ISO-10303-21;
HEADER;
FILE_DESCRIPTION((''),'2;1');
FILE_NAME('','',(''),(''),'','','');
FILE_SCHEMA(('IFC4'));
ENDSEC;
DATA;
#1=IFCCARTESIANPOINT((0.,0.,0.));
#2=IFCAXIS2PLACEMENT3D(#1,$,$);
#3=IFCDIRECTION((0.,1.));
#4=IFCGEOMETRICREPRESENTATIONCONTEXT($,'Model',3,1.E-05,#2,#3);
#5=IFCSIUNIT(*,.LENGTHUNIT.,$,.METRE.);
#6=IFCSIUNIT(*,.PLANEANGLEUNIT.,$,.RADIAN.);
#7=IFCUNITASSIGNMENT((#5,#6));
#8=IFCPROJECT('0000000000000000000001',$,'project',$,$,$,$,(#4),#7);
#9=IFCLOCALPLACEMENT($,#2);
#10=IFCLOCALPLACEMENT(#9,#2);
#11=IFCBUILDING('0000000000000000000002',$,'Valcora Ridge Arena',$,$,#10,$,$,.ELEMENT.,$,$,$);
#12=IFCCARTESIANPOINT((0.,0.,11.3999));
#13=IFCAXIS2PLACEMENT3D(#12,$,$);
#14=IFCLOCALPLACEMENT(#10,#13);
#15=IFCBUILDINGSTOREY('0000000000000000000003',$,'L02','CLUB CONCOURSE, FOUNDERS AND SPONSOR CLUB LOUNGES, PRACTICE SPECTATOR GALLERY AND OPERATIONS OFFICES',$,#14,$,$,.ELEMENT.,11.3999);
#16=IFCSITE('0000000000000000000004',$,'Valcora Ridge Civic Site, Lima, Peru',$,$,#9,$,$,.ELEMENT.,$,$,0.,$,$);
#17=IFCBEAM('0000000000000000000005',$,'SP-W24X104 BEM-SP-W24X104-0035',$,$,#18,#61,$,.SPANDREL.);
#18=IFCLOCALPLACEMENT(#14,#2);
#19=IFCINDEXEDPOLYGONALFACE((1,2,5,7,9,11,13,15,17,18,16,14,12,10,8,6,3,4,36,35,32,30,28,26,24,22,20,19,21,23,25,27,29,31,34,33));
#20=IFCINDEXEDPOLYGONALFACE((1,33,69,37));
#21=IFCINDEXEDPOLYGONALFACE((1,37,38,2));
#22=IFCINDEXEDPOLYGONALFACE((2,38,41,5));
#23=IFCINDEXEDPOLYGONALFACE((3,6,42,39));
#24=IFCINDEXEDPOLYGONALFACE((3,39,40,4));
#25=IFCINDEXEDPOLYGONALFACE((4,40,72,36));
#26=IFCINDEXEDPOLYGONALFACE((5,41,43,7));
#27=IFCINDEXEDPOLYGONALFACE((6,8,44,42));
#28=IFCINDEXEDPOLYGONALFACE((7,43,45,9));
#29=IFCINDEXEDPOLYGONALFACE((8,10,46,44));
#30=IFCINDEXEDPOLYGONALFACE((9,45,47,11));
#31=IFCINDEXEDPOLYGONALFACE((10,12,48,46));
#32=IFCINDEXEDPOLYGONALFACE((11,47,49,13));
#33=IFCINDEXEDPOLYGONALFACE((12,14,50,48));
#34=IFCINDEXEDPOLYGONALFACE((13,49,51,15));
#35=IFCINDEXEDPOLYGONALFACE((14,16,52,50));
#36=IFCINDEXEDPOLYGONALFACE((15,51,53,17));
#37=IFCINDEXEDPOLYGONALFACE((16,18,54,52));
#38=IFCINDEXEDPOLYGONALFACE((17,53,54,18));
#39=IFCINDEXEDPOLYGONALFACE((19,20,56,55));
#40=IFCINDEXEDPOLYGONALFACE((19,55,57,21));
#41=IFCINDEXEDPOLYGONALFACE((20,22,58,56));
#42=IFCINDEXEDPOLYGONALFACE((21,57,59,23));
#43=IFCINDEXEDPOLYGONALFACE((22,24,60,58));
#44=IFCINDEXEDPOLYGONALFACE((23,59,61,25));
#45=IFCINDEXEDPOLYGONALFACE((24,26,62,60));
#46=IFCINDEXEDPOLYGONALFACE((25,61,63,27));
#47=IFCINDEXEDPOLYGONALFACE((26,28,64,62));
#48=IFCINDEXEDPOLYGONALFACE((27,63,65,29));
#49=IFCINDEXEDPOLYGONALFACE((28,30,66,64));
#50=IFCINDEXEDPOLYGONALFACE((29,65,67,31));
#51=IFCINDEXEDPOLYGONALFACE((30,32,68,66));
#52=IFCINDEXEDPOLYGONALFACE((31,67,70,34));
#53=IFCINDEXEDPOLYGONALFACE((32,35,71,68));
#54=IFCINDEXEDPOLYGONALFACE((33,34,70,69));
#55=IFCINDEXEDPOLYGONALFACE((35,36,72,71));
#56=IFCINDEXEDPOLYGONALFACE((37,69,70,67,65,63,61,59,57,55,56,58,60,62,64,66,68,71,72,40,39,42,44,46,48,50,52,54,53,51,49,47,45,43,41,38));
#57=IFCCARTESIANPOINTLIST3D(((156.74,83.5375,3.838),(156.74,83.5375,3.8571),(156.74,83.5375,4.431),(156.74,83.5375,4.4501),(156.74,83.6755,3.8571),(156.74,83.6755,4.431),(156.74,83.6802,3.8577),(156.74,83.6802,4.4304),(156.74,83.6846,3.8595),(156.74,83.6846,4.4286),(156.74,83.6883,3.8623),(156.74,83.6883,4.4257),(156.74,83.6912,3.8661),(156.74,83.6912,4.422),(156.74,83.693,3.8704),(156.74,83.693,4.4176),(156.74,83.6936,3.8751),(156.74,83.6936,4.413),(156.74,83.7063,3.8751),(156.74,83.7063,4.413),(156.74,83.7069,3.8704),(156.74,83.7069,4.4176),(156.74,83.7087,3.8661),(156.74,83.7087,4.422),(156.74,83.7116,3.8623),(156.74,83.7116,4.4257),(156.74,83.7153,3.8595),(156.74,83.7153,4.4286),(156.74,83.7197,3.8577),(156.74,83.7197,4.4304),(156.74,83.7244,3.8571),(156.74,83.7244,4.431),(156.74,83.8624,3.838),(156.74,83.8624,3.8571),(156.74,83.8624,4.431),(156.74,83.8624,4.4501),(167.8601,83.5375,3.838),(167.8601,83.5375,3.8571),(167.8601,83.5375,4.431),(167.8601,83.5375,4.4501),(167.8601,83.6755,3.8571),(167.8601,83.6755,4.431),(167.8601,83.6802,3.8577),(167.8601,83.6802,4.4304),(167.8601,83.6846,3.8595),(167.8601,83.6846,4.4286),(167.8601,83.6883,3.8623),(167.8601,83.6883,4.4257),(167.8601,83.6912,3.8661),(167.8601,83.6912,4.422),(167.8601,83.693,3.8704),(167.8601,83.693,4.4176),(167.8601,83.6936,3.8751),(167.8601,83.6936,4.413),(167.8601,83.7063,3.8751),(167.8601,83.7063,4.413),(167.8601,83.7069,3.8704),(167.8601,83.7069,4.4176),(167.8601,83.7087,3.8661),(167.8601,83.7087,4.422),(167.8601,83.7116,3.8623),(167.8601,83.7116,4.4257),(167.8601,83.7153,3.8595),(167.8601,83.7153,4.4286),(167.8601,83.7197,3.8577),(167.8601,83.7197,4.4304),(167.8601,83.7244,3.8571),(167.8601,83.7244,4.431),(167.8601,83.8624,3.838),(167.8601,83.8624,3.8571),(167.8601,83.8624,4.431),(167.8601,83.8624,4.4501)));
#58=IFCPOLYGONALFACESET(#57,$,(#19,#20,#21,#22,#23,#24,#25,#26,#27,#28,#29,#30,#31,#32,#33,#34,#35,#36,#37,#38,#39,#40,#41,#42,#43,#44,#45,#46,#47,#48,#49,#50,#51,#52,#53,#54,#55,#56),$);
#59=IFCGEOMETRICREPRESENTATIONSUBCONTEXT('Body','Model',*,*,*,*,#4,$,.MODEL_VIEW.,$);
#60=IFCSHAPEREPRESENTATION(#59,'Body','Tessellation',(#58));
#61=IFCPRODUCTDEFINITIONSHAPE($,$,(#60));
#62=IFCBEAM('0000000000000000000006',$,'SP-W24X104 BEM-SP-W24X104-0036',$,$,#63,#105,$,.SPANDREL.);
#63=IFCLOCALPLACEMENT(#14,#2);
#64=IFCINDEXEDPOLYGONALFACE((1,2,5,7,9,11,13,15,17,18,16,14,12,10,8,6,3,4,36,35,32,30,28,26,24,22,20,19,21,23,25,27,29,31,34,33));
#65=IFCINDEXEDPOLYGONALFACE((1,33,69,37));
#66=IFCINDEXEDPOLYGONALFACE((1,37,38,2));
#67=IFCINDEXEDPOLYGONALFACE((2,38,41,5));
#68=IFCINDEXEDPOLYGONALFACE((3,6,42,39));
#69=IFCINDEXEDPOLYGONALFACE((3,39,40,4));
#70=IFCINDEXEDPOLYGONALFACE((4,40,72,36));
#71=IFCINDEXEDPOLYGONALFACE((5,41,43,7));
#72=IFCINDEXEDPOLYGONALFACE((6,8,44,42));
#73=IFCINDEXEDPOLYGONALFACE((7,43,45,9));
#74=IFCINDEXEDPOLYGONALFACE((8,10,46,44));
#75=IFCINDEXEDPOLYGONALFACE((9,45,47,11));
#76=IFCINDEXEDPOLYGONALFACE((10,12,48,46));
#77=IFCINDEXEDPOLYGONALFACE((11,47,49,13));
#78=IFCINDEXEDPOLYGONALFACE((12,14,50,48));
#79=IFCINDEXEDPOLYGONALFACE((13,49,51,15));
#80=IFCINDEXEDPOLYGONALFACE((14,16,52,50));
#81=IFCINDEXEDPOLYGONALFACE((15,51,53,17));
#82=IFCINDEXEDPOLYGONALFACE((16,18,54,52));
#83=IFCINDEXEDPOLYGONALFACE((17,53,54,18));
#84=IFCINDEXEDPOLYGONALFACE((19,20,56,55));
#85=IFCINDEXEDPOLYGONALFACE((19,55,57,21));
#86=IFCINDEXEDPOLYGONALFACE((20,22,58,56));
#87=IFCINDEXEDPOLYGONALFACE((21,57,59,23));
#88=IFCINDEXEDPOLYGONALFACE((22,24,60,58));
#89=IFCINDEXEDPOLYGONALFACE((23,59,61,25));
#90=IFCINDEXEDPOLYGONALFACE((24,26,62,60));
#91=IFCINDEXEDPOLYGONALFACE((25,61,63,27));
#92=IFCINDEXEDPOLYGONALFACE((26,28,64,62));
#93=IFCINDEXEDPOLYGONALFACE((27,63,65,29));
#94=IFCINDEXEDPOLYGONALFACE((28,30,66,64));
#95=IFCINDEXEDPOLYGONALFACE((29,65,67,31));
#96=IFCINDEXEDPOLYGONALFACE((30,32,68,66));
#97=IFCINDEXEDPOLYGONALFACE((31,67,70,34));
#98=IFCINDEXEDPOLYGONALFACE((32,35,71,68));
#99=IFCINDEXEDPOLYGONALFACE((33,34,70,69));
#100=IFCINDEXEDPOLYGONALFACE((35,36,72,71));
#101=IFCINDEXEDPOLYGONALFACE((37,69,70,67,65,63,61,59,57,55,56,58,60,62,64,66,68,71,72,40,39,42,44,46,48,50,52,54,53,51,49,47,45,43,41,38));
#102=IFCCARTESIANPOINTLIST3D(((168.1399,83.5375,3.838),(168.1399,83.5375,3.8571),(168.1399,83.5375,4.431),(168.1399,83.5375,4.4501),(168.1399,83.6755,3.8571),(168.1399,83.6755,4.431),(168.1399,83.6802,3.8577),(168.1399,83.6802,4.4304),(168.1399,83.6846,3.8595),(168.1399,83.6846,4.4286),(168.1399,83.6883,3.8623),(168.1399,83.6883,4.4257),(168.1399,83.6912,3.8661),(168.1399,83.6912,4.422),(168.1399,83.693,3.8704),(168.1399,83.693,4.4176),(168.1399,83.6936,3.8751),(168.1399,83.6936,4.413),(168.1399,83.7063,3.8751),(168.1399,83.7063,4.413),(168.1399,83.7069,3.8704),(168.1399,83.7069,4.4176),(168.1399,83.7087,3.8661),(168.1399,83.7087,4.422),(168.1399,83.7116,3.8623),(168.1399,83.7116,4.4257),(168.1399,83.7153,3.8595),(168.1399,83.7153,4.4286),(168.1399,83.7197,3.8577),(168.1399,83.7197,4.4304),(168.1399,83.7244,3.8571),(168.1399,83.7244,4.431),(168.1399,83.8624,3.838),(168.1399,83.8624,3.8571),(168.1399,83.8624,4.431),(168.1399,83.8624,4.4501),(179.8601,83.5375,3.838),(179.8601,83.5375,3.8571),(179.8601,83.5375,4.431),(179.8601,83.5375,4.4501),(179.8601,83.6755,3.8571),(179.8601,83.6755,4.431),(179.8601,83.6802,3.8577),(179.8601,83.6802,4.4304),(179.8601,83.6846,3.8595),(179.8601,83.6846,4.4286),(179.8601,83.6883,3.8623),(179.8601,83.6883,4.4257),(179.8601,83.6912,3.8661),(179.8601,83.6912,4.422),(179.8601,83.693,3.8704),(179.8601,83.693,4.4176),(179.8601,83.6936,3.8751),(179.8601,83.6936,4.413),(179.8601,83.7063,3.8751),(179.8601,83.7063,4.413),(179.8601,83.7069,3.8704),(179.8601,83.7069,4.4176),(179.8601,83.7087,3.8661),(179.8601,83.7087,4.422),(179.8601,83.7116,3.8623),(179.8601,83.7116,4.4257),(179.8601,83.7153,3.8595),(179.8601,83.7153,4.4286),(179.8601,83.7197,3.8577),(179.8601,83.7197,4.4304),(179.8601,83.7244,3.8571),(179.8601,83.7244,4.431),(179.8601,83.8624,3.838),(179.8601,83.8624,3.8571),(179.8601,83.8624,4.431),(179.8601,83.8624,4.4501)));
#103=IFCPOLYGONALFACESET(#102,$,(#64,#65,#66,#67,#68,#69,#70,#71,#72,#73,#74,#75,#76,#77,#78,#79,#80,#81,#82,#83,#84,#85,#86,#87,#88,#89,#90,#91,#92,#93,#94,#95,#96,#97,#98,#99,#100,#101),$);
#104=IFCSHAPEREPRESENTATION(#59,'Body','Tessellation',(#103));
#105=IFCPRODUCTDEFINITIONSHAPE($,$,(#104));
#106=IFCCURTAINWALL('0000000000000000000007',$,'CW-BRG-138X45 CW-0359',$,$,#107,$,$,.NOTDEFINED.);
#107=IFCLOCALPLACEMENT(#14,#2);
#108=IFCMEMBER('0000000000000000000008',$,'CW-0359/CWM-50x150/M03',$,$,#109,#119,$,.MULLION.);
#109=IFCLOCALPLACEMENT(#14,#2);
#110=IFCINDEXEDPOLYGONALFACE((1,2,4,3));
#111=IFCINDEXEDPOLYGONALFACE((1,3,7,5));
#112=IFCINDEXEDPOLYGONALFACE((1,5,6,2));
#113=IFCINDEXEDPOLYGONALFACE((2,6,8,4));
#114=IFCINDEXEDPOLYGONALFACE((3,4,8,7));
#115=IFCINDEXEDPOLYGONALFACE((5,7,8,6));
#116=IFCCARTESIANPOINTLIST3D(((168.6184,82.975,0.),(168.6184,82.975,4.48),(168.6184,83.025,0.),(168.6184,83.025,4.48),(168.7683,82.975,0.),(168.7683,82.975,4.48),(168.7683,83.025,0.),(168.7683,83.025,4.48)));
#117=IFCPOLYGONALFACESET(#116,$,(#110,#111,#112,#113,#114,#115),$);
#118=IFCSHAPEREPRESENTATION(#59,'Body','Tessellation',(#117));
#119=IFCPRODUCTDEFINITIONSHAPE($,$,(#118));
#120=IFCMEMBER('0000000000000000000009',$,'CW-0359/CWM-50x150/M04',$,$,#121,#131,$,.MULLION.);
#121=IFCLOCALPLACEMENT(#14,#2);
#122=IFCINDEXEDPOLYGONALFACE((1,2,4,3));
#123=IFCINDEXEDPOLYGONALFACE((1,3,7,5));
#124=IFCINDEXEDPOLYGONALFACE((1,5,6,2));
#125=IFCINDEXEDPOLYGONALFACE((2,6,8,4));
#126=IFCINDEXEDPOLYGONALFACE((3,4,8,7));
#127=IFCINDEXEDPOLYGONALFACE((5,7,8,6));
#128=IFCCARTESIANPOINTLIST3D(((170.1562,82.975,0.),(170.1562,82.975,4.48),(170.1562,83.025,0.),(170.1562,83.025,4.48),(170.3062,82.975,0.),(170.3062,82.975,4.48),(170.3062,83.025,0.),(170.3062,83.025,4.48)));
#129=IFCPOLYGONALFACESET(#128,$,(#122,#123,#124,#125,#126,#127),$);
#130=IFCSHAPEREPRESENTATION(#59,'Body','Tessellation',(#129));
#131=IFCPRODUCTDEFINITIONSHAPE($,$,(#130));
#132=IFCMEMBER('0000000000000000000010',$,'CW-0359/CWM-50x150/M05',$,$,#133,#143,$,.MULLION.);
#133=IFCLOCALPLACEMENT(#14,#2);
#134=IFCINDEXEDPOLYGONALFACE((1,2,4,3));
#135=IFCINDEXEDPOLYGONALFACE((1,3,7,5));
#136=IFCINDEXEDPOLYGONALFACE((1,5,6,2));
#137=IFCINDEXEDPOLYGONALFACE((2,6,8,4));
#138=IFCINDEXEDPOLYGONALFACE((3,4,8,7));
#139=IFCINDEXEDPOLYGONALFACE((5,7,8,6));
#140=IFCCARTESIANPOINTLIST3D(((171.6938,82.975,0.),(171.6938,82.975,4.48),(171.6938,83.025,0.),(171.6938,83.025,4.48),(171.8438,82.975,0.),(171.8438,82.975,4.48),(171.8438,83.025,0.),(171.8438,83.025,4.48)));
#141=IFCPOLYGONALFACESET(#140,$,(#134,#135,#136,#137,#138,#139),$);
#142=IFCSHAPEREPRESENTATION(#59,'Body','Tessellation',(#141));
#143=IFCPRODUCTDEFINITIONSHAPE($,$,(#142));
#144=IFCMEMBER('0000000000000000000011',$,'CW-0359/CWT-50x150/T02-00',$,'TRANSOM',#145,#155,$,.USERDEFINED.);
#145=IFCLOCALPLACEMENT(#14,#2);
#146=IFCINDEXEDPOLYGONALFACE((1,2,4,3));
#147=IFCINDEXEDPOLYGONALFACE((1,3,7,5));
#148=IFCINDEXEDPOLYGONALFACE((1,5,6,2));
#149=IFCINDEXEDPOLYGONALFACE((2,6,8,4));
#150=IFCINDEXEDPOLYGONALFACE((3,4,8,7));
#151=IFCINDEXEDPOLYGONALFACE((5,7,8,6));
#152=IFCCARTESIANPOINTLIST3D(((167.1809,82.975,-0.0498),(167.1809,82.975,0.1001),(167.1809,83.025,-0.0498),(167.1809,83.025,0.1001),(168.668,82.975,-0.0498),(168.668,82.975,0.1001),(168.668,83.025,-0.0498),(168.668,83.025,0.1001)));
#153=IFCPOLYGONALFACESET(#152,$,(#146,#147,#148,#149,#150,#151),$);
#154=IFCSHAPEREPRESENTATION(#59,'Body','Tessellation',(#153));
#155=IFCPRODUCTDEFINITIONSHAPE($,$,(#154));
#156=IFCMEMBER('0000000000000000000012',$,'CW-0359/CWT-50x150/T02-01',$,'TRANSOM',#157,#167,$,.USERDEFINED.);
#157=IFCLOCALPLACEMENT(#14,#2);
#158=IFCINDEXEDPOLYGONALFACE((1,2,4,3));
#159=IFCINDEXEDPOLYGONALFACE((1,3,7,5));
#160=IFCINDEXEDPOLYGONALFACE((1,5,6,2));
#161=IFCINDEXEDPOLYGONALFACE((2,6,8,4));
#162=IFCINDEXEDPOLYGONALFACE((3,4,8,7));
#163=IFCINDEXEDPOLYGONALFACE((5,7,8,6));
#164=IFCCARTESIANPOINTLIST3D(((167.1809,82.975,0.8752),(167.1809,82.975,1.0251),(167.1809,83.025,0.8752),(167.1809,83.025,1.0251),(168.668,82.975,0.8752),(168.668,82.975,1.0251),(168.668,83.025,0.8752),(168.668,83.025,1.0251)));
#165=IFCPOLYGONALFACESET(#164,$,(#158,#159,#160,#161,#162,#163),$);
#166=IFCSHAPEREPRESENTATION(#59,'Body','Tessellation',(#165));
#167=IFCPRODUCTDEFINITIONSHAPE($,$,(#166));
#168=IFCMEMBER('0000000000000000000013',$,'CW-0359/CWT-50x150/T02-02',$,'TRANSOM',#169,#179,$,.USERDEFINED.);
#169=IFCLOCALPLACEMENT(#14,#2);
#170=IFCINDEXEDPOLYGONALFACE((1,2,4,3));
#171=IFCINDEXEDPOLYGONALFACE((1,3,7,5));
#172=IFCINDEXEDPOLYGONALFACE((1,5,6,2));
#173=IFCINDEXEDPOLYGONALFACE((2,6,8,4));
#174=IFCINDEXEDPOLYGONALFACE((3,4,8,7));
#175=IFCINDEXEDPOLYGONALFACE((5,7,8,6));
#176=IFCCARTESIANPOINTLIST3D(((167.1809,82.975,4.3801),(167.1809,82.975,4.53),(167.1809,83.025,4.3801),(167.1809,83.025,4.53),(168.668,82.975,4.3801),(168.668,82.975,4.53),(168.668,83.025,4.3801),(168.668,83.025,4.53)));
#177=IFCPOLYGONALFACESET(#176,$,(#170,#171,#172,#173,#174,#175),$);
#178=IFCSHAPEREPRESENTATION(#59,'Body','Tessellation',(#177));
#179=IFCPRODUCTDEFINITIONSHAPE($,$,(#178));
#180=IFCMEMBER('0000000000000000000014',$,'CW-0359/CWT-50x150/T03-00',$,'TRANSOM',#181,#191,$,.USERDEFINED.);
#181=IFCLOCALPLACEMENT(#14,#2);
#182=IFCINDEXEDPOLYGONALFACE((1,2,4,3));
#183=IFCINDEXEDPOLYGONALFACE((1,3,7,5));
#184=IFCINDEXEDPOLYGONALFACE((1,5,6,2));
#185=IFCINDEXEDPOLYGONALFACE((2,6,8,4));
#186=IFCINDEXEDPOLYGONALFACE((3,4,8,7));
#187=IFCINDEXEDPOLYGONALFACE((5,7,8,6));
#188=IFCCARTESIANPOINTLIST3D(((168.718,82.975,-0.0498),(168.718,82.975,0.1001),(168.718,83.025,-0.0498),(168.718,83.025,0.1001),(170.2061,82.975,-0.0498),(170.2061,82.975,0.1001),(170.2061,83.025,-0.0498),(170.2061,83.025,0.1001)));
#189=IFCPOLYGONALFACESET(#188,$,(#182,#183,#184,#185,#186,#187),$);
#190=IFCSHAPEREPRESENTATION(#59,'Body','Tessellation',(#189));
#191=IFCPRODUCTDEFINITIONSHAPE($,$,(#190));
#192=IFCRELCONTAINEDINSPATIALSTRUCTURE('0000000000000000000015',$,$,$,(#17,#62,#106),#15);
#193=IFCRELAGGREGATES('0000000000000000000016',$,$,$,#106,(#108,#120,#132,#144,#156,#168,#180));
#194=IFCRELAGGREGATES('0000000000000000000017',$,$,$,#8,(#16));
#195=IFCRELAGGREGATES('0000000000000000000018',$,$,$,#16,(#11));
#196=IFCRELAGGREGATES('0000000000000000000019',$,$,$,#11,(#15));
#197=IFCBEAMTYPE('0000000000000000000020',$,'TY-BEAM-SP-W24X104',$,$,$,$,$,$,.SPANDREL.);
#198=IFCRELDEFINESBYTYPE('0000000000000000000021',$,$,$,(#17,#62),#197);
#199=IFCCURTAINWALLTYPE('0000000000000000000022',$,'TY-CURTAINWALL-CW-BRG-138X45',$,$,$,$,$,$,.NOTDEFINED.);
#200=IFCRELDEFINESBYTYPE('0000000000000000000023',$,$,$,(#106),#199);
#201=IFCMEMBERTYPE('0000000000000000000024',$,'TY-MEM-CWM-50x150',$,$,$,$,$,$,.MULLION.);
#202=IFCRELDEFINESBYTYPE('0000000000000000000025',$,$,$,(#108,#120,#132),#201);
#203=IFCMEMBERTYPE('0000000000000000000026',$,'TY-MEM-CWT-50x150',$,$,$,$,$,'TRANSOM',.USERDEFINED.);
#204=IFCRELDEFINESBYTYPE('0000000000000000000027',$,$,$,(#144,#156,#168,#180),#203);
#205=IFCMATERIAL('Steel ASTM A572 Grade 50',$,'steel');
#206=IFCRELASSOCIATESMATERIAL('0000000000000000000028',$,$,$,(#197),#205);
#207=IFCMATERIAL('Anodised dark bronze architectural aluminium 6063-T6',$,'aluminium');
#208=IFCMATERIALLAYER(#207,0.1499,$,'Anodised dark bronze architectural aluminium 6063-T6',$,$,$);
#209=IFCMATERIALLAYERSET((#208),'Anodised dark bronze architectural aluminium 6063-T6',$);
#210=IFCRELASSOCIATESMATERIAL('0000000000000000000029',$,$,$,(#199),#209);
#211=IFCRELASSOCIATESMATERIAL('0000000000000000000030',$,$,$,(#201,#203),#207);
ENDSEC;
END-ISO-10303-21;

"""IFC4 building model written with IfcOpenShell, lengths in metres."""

from ifc_helpers import new_model, si_unit, direction, frame, origin, origin_2d, place, context, subcontext, project, spatial, rectangle, i_section, extrude, material, layer, layer_set, material_profile, profile_set, type_object, element, aggregate, save


model = new_model("IFC4")

# Units and contexts
model_context = context("Model", 3, precision=1e-05, world=origin(), true_north=direction((0.0, 1.0)))
body_context = subcontext(model_context, "Body", "Model", "MODEL_VIEW")
ifc_project = project(units=[si_unit("LENGTHUNIT", "METRE"), si_unit("PLANEANGLEUNIT", "RADIAN")], contexts=[model_context])

# Site, building, storey
site_placement = place(None, origin())
site = spatial("IfcSite", under=ifc_project, at=site_placement, Name="Valcora Ridge Civic Site, Lima, Peru", CompositionType="ELEMENT", RefElevation=0.0)
building_placement = place(site_placement, origin())
building = spatial("IfcBuilding", under=site, at=building_placement, Name="Valcora Ridge Arena", CompositionType="ELEMENT")
storey_placement = place(building_placement, frame((0.0, 0.0, 11.3999)))
storey = spatial("IfcBuildingStorey", under=building, at=storey_placement, Name="L02", Description="CLUB CONCOURSE, FOUNDERS AND SPONSOR CLUB LOUNGES, PRACTICE SPECTATOR GALLERY AND OPERATIONS OFFICES", CompositionType="ELEMENT", Elevation=11.3999)

# Beams
ifc_material_1 = material(Name="Steel ASTM A572 Grade 50", Category="steel")
ifc_material_profile_1 = material_profile(ifc_material_1, i_section(OverallWidth=0.325, OverallDepth=0.6121, WebThickness=0.0127, FlangeThickness=0.019, FilletRadius=0.0181, at=origin_2d()), Name="W24X104")
ifc_profile_set_1 = profile_set([ifc_material_profile_1], Name="Steel ASTM A572 Grade 50")
beam_type_1 = type_object("IfcBeamType", Name="TY-BEAM-SP-W24X104", PredefinedType="SPANDREL", material=ifc_profile_set_1)
beam_1_placement = place(storey_placement, frame((156.74, 83.7, 4.144), z_axis=(1.0, 0.0, 0.0), x_axis=(0.0, 1.0, 0.0)))
element("IfcBeam", 1, at=beam_1_placement, inside=storey, type_object=beam_type_1, Name="SP-W24X104 BEM-SP-W24X104-0035", PredefinedType="SPANDREL", context=body_context, shape_type="SweptSolid", body=[
    extrude(i_section(OverallWidth=0.325, OverallDepth=0.6121, WebThickness=0.0127, FlangeThickness=0.019, FilletRadius=0.0181, at=origin_2d()), origin(), (0.0, 0.0, 1.0), 11.1201),
])
beam_2_placement = place(storey_placement, frame((168.1399, 83.7, 4.144), z_axis=(1.0, 0.0, 0.0), x_axis=(0.0, 1.0, 0.0)))
element("IfcBeam", 2, at=beam_2_placement, inside=storey, type_object=beam_type_1, Name="SP-W24X104 BEM-SP-W24X104-0036", PredefinedType="SPANDREL", context=body_context, shape_type="SweptSolid", body=[
    extrude(i_section(OverallWidth=0.325, OverallDepth=0.6121, WebThickness=0.0127, FlangeThickness=0.019, FilletRadius=0.0181, at=origin_2d()), origin(), (0.0, 0.0, 1.0), 11.7202),
])

# Curtain wall, members
ifc_material_2 = material(Name="Anodised dark bronze architectural aluminium 6063-T6", Category="aluminium")
ifc_layer_1 = layer(ifc_material_2, 0.1499, Name="Anodised dark bronze architectural aluminium 6063-T6")
ifc_layer_set_1 = layer_set([ifc_layer_1], Name="Anodised dark bronze architectural aluminium 6063-T6")
curtain_wall_type = type_object("IfcCurtainWallType", Name="TY-CURTAINWALL-CW-BRG-138X45", PredefinedType="NOTDEFINED", material=ifc_layer_set_1)
curtain_wall_placement = place(storey_placement, origin())
curtain_wall = element("IfcCurtainWall", 3, at=curtain_wall_placement, inside=storey, type_object=curtain_wall_type, Name="CW-BRG-138X45 CW-0359", PredefinedType="NOTDEFINED")
ifc_material_profile_2 = material_profile(ifc_material_2, rectangle(XDim=0.05, YDim=0.1499, at=origin_2d()), Name="ALU MULLION 50x150")
ifc_profile_set_2 = profile_set([ifc_material_profile_2], Name="Anodised dark bronze architectural aluminium 6063-T6")
member_type_1 = type_object("IfcMemberType", Name="TY-MEM-CWM-50x150", PredefinedType="MULLION", material=ifc_profile_set_2)
member_1_placement = place(storey_placement, frame((168.6934, 83.0, 0.0), z_axis=(0.0, 0.0, 1.0), x_axis=(0.0, 1.0, 0.0)))
member_1 = element("IfcMember", 4, at=member_1_placement, type_object=member_type_1, Name="CW-0359/CWM-50x150/M03", PredefinedType="MULLION", context=body_context, shape_type="SweptSolid", body=[
    extrude(rectangle(XDim=0.05, YDim=0.1499, at=origin_2d()), origin(), (0.0, 0.0, 1.0), 4.48),
])
member_2_placement = place(storey_placement, frame((170.2312, 83.0, 0.0), z_axis=(0.0, 0.0, 1.0), x_axis=(0.0, 1.0, 0.0)))
member_2 = element("IfcMember", 5, at=member_2_placement, type_object=member_type_1, Name="CW-0359/CWM-50x150/M04", PredefinedType="MULLION", context=body_context, shape_type="SweptSolid", body=[
    extrude(rectangle(XDim=0.05, YDim=0.1499, at=origin_2d()), origin(), (0.0, 0.0, 1.0), 4.48),
])
member_3_placement = place(storey_placement, frame((171.7688, 83.0, 0.0), z_axis=(0.0, 0.0, 1.0), x_axis=(0.0, 1.0, 0.0)))
member_3 = element("IfcMember", 6, at=member_3_placement, type_object=member_type_1, Name="CW-0359/CWM-50x150/M05", PredefinedType="MULLION", context=body_context, shape_type="SweptSolid", body=[
    extrude(rectangle(XDim=0.05, YDim=0.1499, at=origin_2d()), origin(), (0.0, 0.0, 1.0), 4.48),
])
ifc_material_profile_3 = material_profile(ifc_material_2, rectangle(XDim=0.05, YDim=0.1499, at=origin_2d()), Name="ALU TRANSOM 50x150")
ifc_profile_set_3 = profile_set([ifc_material_profile_3], Name="Anodised dark bronze architectural aluminium 6063-T6")
member_type_2 = type_object("IfcMemberType", Name="TY-MEM-CWT-50x150", ElementType="TRANSOM", PredefinedType="USERDEFINED", material=ifc_profile_set_3)
member_4_placement = place(storey_placement, frame((167.1809, 83.0, 0.0251), z_axis=(1.0, 0.0, 0.0), x_axis=(0.0, 1.0, 0.0)))
member_4 = element("IfcMember", 7, at=member_4_placement, type_object=member_type_2, Name="CW-0359/CWT-50x150/T02-00", ObjectType="TRANSOM", PredefinedType="USERDEFINED", context=body_context, shape_type="SweptSolid", body=[
    extrude(rectangle(XDim=0.05, YDim=0.1499, at=origin_2d()), origin(), (0.0, 0.0, 1.0), 1.4871),
])
member_5_placement = place(storey_placement, frame((167.1809, 83.0, 0.9502), z_axis=(1.0, 0.0, 0.0), x_axis=(0.0, 1.0, 0.0)))
member_5 = element("IfcMember", 8, at=member_5_placement, type_object=member_type_2, Name="CW-0359/CWT-50x150/T02-01", ObjectType="TRANSOM", PredefinedType="USERDEFINED", context=body_context, shape_type="SweptSolid", body=[
    extrude(rectangle(XDim=0.05, YDim=0.1499, at=origin_2d()), origin(), (0.0, 0.0, 1.0), 1.4871),
])
member_6_placement = place(storey_placement, frame((167.1809, 83.0, 4.4551), z_axis=(1.0, 0.0, 0.0), x_axis=(0.0, 1.0, 0.0)))
member_6 = element("IfcMember", 9, at=member_6_placement, type_object=member_type_2, Name="CW-0359/CWT-50x150/T02-02", ObjectType="TRANSOM", PredefinedType="USERDEFINED", context=body_context, shape_type="SweptSolid", body=[
    extrude(rectangle(XDim=0.05, YDim=0.1499, at=origin_2d()), origin(), (0.0, 0.0, 1.0), 1.4871),
])
member_7_placement = place(storey_placement, frame((168.718, 83.0, 0.0251), z_axis=(1.0, 0.0, 0.0), x_axis=(0.0, 1.0, 0.0)))
member_7 = element("IfcMember", 10, at=member_7_placement, type_object=member_type_2, Name="CW-0359/CWT-50x150/T03-00", ObjectType="TRANSOM", PredefinedType="USERDEFINED", context=body_context, shape_type="SweptSolid", body=[
    extrude(rectangle(XDim=0.05, YDim=0.1499, at=origin_2d()), origin(), (0.0, 0.0, 1.0), 1.488),
])
aggregate(curtain_wall, [member_1, member_2, member_3, member_4, member_5, member_6, member_7])

save(model, "model.ifc")
